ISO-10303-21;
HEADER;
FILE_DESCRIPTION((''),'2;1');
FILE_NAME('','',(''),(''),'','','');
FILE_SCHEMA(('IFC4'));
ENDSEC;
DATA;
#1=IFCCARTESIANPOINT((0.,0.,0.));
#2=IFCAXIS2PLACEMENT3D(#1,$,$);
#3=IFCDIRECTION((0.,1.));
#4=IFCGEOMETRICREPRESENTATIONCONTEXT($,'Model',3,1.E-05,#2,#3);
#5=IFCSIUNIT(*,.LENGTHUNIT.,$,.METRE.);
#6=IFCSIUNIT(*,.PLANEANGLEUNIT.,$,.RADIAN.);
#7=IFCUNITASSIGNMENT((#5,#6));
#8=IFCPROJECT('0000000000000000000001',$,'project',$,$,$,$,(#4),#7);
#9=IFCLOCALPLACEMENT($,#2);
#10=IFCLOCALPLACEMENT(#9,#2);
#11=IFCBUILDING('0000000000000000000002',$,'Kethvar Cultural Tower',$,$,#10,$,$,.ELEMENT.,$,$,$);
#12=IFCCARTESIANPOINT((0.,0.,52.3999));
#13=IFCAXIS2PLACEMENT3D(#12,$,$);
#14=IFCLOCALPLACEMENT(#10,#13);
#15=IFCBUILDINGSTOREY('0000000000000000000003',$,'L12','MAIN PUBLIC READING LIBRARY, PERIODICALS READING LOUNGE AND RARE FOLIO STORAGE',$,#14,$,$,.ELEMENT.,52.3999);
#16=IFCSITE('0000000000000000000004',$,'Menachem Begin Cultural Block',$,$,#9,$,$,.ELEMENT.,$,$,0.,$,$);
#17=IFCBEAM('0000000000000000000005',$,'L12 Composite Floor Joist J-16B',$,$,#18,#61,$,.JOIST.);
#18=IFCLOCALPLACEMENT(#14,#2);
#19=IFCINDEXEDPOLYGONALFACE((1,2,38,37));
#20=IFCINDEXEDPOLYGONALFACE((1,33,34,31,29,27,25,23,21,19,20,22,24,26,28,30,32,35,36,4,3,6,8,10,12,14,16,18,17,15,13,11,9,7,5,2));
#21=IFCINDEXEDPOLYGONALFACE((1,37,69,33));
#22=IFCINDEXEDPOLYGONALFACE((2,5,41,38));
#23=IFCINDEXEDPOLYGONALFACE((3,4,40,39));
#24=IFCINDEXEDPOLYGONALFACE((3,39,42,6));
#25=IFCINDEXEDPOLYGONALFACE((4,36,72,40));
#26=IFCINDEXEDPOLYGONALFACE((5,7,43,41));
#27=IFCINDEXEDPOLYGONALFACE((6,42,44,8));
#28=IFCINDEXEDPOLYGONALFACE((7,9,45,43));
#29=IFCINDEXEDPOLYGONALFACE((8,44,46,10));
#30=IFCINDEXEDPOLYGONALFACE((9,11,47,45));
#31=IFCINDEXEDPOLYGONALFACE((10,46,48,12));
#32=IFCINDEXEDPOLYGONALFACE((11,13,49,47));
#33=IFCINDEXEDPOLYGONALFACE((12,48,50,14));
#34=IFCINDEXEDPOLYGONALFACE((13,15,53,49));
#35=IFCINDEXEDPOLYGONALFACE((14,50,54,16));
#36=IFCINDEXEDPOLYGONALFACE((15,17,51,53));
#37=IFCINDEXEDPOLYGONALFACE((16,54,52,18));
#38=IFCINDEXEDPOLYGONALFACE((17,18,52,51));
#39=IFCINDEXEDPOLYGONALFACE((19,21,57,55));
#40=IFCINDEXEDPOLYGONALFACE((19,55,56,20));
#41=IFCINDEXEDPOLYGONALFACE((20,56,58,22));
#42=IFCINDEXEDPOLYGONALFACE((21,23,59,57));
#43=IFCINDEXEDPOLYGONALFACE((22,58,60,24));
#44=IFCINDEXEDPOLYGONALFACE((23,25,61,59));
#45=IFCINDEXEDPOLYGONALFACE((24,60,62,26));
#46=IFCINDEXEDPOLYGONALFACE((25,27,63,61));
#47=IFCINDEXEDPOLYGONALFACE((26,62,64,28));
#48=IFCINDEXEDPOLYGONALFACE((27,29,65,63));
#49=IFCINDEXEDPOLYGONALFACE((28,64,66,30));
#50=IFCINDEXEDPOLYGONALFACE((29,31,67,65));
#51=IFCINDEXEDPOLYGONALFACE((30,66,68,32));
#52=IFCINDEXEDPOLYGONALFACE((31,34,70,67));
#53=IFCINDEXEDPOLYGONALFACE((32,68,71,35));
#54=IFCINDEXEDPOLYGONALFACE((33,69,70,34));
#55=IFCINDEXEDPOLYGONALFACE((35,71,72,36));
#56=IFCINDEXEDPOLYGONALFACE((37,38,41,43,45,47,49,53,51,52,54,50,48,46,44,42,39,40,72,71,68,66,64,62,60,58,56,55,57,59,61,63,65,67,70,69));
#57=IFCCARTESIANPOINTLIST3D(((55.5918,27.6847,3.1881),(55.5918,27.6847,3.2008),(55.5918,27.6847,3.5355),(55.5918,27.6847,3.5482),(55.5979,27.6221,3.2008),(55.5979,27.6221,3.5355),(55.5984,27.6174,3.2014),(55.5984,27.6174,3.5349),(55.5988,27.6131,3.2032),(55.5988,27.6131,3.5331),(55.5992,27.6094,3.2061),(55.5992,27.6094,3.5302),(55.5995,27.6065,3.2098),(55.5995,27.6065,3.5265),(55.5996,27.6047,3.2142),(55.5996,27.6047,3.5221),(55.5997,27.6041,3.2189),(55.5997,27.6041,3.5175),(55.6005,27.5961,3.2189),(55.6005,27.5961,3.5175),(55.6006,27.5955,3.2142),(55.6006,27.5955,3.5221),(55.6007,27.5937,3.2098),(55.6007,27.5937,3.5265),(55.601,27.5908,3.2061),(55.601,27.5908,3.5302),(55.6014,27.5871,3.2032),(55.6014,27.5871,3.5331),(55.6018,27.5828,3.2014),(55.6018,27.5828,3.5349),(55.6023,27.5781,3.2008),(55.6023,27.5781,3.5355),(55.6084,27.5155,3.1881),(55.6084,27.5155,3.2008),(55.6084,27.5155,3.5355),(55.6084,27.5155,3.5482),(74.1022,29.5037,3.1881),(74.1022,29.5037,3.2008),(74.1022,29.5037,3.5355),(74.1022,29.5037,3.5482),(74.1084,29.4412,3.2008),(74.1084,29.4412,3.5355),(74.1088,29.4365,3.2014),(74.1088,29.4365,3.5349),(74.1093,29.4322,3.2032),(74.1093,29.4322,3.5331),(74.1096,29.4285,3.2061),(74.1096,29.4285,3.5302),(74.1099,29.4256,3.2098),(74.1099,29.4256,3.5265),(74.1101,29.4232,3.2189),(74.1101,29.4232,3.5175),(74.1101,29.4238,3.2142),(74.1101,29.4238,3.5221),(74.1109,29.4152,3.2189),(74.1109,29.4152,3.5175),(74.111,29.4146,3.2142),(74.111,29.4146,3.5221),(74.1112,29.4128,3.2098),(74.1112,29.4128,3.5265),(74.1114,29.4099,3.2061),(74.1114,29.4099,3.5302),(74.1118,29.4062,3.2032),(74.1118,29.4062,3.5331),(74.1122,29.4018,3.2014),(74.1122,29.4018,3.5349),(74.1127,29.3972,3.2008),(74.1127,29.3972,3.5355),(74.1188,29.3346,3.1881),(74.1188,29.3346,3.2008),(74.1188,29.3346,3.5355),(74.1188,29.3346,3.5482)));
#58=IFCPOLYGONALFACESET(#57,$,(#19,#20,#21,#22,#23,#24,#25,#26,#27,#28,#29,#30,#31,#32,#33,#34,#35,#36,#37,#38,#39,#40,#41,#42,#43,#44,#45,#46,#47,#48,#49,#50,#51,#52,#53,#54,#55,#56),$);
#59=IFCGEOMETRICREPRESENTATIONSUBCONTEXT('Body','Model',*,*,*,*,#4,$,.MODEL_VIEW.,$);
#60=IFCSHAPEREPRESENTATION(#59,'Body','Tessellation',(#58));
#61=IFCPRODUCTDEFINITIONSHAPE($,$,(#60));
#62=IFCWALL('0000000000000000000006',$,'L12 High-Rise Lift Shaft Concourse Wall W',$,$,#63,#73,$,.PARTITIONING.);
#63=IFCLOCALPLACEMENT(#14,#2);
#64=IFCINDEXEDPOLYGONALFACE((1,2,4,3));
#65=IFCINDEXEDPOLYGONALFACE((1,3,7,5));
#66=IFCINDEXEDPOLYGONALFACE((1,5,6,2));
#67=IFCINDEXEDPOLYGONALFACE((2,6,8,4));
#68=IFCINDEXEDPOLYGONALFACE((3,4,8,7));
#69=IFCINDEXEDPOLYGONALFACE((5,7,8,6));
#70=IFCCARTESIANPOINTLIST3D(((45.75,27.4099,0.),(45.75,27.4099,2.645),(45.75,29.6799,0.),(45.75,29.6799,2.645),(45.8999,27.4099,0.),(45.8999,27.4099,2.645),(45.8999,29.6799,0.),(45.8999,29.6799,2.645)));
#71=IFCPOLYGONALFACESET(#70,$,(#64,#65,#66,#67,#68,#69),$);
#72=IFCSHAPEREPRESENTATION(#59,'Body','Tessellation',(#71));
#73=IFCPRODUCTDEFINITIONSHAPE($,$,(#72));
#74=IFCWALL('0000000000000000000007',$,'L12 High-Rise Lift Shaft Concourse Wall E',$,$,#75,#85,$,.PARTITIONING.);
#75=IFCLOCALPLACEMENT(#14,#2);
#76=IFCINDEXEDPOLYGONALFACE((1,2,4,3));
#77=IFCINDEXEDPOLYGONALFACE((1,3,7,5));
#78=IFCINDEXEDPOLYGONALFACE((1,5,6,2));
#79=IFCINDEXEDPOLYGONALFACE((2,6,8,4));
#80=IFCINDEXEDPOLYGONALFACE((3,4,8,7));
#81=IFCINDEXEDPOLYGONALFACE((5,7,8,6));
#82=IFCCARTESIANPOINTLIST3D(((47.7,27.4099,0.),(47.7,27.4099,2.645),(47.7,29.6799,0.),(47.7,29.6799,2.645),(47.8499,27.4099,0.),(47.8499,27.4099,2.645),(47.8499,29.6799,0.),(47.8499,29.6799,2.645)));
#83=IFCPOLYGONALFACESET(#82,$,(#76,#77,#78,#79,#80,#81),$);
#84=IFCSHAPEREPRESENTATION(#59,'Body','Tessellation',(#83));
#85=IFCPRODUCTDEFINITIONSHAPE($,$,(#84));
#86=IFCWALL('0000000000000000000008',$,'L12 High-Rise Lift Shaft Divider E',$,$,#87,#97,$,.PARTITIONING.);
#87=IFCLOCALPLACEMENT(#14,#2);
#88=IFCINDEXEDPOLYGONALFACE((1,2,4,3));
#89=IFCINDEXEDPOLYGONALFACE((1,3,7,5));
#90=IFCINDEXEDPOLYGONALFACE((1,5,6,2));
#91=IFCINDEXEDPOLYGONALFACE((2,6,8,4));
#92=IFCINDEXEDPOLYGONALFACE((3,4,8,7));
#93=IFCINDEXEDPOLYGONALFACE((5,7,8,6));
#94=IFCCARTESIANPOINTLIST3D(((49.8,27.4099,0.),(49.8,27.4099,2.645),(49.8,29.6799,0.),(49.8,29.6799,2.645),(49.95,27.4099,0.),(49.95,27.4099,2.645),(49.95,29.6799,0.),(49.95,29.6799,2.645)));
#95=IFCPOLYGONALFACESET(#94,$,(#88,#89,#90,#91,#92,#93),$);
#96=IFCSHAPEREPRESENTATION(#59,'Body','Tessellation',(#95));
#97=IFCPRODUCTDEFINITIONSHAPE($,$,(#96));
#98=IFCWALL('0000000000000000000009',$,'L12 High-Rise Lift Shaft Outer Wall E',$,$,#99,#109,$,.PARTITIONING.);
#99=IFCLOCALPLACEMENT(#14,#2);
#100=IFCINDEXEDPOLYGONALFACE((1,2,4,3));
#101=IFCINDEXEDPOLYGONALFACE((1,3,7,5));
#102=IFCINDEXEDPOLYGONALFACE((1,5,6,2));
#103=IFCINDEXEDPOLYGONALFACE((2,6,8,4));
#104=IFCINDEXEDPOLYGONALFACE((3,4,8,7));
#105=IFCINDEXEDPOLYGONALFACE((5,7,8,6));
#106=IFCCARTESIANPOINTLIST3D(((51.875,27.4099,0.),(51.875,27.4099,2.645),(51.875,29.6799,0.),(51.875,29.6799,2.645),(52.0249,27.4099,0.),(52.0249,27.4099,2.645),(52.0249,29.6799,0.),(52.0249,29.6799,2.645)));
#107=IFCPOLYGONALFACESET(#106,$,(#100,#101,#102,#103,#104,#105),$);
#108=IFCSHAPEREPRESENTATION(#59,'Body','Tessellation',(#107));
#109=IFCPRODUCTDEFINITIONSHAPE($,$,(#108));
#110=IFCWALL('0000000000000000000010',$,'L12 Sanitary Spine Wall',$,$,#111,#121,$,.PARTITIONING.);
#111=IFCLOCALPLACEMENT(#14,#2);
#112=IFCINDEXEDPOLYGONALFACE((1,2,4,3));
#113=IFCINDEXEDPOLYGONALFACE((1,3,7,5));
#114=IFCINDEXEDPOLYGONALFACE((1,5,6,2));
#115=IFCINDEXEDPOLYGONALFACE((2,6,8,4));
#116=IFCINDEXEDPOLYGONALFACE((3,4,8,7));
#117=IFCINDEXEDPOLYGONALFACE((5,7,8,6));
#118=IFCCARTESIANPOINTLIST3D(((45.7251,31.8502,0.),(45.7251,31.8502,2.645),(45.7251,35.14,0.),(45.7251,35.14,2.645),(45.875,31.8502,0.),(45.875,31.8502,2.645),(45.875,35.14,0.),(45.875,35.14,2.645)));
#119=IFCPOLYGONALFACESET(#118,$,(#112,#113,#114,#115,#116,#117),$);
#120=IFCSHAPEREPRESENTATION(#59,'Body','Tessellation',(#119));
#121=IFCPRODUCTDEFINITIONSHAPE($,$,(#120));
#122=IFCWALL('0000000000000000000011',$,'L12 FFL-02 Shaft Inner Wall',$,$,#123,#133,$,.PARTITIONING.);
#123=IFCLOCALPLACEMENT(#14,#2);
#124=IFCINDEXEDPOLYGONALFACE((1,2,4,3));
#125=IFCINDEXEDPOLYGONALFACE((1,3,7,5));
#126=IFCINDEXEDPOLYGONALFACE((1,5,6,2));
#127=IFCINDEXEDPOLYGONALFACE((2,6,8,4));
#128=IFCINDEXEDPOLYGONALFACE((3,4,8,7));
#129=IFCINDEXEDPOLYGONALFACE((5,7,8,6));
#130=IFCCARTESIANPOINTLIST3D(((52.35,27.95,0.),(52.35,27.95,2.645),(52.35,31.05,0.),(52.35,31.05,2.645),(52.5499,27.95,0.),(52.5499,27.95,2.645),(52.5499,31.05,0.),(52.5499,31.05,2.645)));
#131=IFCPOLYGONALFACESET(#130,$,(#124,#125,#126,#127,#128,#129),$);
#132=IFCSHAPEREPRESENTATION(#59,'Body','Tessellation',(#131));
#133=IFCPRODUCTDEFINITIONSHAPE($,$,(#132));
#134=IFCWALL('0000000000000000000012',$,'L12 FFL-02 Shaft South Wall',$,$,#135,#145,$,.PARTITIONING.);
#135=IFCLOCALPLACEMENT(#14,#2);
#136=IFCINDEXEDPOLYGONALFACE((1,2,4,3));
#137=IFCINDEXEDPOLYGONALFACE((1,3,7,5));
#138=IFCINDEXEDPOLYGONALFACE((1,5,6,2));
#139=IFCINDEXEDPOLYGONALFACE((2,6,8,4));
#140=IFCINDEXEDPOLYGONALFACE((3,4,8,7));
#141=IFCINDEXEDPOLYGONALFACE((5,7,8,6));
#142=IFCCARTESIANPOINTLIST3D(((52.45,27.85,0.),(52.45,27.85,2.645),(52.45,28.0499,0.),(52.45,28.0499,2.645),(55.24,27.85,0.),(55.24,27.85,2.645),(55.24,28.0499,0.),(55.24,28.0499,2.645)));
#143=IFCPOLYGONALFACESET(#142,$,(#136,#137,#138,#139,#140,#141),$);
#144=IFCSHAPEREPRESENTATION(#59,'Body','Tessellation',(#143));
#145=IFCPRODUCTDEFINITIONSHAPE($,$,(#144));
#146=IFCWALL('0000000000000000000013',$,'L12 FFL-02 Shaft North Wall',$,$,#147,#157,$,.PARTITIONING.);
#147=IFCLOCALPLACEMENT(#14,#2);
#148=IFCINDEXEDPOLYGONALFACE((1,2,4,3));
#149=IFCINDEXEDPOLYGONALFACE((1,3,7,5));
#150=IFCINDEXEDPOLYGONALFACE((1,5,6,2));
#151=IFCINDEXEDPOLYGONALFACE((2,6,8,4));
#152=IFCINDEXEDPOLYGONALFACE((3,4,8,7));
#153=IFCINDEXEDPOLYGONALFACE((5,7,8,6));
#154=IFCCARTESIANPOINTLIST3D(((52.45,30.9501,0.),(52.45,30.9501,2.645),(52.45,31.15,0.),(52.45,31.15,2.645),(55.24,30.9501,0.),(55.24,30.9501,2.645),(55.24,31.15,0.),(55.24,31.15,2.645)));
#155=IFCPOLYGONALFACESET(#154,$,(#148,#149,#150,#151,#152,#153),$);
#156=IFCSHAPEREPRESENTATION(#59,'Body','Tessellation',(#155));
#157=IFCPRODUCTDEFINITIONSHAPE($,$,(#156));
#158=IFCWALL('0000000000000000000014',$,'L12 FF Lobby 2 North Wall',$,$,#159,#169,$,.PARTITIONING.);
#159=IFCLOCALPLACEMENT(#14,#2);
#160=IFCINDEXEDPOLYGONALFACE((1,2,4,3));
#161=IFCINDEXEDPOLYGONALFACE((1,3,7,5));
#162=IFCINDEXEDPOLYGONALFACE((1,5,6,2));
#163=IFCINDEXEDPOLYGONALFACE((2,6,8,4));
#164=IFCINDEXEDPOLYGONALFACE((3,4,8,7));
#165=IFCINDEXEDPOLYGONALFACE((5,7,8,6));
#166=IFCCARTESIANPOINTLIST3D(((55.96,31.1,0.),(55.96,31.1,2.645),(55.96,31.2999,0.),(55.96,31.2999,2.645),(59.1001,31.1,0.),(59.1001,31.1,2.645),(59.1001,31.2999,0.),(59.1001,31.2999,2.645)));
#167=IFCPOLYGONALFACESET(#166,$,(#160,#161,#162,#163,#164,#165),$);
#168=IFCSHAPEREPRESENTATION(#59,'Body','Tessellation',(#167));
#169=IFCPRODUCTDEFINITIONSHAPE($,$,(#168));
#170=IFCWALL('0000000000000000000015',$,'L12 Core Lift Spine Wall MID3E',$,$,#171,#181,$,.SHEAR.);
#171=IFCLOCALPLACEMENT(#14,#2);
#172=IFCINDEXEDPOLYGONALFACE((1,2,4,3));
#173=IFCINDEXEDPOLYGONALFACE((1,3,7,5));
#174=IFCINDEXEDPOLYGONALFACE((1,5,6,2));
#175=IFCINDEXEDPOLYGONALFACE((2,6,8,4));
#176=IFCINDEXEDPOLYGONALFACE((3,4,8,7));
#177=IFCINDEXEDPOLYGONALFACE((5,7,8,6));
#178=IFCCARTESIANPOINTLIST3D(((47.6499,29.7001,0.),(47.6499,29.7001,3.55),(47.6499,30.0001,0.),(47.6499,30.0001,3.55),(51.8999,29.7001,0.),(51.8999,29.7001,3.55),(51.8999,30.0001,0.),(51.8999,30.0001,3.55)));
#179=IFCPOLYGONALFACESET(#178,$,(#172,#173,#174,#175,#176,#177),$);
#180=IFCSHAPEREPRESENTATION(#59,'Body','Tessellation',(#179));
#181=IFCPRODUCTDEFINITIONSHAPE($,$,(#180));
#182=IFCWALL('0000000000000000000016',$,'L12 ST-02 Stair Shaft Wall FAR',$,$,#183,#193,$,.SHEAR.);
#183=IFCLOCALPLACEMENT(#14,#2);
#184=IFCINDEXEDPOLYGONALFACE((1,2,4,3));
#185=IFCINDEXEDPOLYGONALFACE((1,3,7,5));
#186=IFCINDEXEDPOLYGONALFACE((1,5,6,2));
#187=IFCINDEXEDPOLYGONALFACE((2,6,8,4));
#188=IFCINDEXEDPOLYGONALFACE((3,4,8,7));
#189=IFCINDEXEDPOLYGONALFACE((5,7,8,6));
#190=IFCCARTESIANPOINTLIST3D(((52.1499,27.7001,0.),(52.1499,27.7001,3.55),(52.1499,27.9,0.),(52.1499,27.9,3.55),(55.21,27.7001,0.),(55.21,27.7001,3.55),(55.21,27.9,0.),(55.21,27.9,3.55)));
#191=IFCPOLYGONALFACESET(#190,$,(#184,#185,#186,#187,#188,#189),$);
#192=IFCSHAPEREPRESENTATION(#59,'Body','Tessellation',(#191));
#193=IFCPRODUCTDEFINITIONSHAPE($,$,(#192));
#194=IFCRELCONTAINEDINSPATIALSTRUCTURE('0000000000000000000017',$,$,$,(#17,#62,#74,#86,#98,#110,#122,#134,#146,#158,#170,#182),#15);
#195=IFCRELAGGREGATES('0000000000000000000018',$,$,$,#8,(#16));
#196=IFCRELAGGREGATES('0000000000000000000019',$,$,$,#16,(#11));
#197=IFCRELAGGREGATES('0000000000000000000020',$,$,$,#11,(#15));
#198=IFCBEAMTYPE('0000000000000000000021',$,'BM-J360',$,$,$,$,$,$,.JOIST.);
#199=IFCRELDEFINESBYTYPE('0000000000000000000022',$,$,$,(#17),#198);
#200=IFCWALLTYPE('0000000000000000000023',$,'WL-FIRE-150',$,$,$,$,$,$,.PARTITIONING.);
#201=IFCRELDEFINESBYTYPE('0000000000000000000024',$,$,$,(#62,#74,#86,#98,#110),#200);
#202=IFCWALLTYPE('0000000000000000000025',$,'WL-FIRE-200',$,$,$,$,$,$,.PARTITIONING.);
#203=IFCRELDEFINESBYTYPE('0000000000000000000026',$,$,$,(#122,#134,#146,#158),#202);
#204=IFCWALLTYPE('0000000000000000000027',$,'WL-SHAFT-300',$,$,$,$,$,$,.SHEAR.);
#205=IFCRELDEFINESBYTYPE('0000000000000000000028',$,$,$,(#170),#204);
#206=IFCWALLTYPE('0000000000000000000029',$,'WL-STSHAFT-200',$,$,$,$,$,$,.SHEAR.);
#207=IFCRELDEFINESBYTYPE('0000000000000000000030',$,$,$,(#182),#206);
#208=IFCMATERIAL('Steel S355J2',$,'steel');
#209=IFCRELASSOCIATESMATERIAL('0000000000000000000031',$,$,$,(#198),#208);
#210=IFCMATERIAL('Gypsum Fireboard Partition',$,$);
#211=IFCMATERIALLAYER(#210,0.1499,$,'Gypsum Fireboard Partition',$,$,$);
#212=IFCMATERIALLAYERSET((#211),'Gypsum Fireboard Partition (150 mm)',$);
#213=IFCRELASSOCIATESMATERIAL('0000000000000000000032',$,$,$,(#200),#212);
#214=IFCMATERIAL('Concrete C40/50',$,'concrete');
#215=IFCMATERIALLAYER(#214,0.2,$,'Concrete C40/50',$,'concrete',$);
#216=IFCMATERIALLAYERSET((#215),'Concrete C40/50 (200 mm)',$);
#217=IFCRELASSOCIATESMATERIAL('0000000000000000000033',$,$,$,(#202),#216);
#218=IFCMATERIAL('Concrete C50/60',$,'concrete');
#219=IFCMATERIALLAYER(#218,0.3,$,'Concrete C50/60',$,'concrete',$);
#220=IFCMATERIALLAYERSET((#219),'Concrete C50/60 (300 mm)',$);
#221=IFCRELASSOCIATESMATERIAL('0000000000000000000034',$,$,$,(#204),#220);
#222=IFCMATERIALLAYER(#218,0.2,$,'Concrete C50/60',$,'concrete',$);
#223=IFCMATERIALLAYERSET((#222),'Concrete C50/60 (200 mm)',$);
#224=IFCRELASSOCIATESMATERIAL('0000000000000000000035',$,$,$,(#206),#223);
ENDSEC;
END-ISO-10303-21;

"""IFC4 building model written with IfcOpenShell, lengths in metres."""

from ifc_helpers import new_model, si_unit, direction, frame, frame_2d, origin, origin_2d, place, context, subcontext, project, spatial, rectangle, i_section, extrude, source, transform, mapped, material, layer, layer_set, material_profile, profile_set, type_object, element, save


model = new_model("IFC4")

# Units and contexts
model_context = context("Model", 3, precision=1e-05, world=origin(), true_north=direction((0.0, 1.0)))
body_context = subcontext(model_context, "Body", "Model", "MODEL_VIEW")
ifc_project = project(units=[si_unit("LENGTHUNIT", "METRE"), si_unit("PLANEANGLEUNIT", "RADIAN")], contexts=[model_context])

# Site, building, storey
site_placement = place(None, origin())
site = spatial("IfcSite", under=ifc_project, at=site_placement, Name="Menachem Begin Cultural Block", CompositionType="ELEMENT", RefElevation=0.0)
building_placement = place(site_placement, origin())
building = spatial("IfcBuilding", under=site, at=building_placement, Name="Kethvar Cultural Tower", CompositionType="ELEMENT")
storey_placement = place(building_placement, frame((0.0, 0.0, 52.3999)))
storey = spatial("IfcBuildingStorey", under=building, at=storey_placement, Name="L12", Description="MAIN PUBLIC READING LIBRARY, PERIODICALS READING LOUNGE AND RARE FOLIO STORAGE", CompositionType="ELEMENT", Elevation=52.3999)

# Beam
ifc_material_1 = material(Name="Steel S355J2", Category="steel")
ifc_material_profile_1 = material_profile(ifc_material_1, i_section(OverallWidth=0.1699, OverallDepth=0.3601, WebThickness=0.0081, FlangeThickness=0.0127, FilletRadius=0.0181, at=origin_2d()), Name="Steel S355J2 — IPE360")
ifc_profile_set_1 = profile_set([ifc_material_profile_1], Name="Steel S355J2 — IPE360")
beam_type_1 = type_object("IfcBeamType", Name="BM-J360", PredefinedType="JOIST", material=ifc_profile_set_1)
shared_shape_1 = source(origin(), body_context, "Body", "SweptSolid", [
    extrude(i_section(OverallWidth=0.1699, OverallDepth=0.3601, WebThickness=0.0081, FlangeThickness=0.0127, FilletRadius=0.0181, at=origin_2d()), origin(), (0.0, 0.0, 1.0), 18.5996),
])
beam_1_placement = place(storey_placement, frame((55.6001, 27.6001, 3.3682), z_axis=(0.995206, 0.097802, 0.0), x_axis=(-0.097802, 0.995206, 0.0)))
element("IfcBeam", 1, at=beam_1_placement, inside=storey, type_object=beam_type_1, Name="L12 Composite Floor Joist J-16B", PredefinedType="JOIST", context=body_context, shape_type="MappedRepresentation", body=[
    mapped(shared_shape_1, transform((0.0, 0.0, 0.0), scale=1.0)),
])

# Walls
ifc_material_2 = material(Name="Gypsum Fireboard Partition")
ifc_layer_1 = layer(ifc_material_2, 0.1499, Name="Gypsum Fireboard Partition")
ifc_layer_set_1 = layer_set([ifc_layer_1], Name="Gypsum Fireboard Partition (150 mm)")
wall_type_1 = type_object("IfcWallType", Name="WL-FIRE-150", PredefinedType="PARTITIONING", material=ifc_layer_set_1)
for number, where, z_axis, x_axis, name in (
    (2, (45.825, 27.4099, 0.0), (0.0, 0.0, 1.0), (0.0, 1.0, 0.0), "L12 High-Rise Lift Shaft Concourse Wall W"),
    (3, (47.7749, 27.4099, 0.0), (0.0, 0.0, 1.0), (0.0, 1.0, 0.0), "L12 High-Rise Lift Shaft Concourse Wall E"),
    (4, (49.875, 27.4099, 0.0), (0.0, 0.0, 1.0), (0.0, 1.0, 0.0), "L12 High-Rise Lift Shaft Divider E"),
    (5, (51.95, 27.4099, 0.0), (0.0, 0.0, 1.0), (0.0, 1.0, 0.0), "L12 High-Rise Lift Shaft Outer Wall E"),
):
    element("IfcWall", number, at=place(storey_placement, frame(where, z_axis=z_axis, x_axis=x_axis)), inside=storey, type_object=wall_type_1, Name=name, PredefinedType="PARTITIONING", context=body_context, shape_type="SweptSolid", body=[
        extrude(rectangle(XDim=2.27, YDim=0.1499, at=frame_2d((1.135, 0.0))), origin(), (0.0, 0.0, 1.0), 2.645),
    ])
wall_1_placement = place(storey_placement, frame((45.8, 31.8501, 0.0), z_axis=(0.0, 0.0, 1.0), x_axis=(0.0, 1.0, 0.0)))
element("IfcWall", 6, at=wall_1_placement, inside=storey, type_object=wall_type_1, Name="L12 Sanitary Spine Wall", PredefinedType="PARTITIONING", context=body_context, shape_type="SweptSolid", body=[
    extrude(rectangle(XDim=3.2898, YDim=0.1499, at=frame_2d((1.645, 0.0))), origin(), (0.0, 0.0, 1.0), 2.645),
])
ifc_material_3 = material(Name="Concrete C40/50", Category="concrete")
ifc_layer_2 = layer(ifc_material_3, 0.2, Name="Concrete C40/50", Category="concrete")
ifc_layer_set_2 = layer_set([ifc_layer_2], Name="Concrete C40/50 (200 mm)")
wall_type_2 = type_object("IfcWallType", Name="WL-FIRE-200", PredefinedType="PARTITIONING", material=ifc_layer_set_2)
wall_2_placement = place(storey_placement, frame((52.45, 27.95, 0.0), z_axis=(0.0, 0.0, 1.0), x_axis=(0.0, 1.0, 0.0)))
element("IfcWall", 7, at=wall_2_placement, inside=storey, type_object=wall_type_2, Name="L12 FFL-02 Shaft Inner Wall", PredefinedType="PARTITIONING", context=body_context, shape_type="SweptSolid", body=[
    extrude(rectangle(XDim=3.1001, YDim=0.2, at=frame_2d((1.55, 0.0))), origin(), (0.0, 0.0, 1.0), 2.645),
])
for number, where, z_axis, x_axis, name in (
    (8, (52.45, 27.95, 0.0), (0.0, 0.0, 1.0), (1.0, 0.0, 0.0), "L12 FFL-02 Shaft South Wall"),
    (9, (52.45, 31.05, 0.0), (0.0, 0.0, 1.0), (1.0, 0.0, 0.0), "L12 FFL-02 Shaft North Wall"),
):
    element("IfcWall", number, at=place(storey_placement, frame(where, z_axis=z_axis, x_axis=x_axis)), inside=storey, type_object=wall_type_2, Name=name, PredefinedType="PARTITIONING", context=body_context, shape_type="SweptSolid", body=[
        extrude(rectangle(XDim=2.79, YDim=0.2, at=frame_2d((1.395, 0.0))), origin(), (0.0, 0.0, 1.0), 2.645),
    ])
wall_3_placement = place(storey_placement, frame((55.96, 31.2, 0.0), z_axis=(0.0, 0.0, 1.0), x_axis=(1.0, 0.0, 0.0)))
element("IfcWall", 10, at=wall_3_placement, inside=storey, type_object=wall_type_2, Name="L12 FF Lobby 2 North Wall", PredefinedType="PARTITIONING", context=body_context, shape_type="SweptSolid", body=[
    extrude(rectangle(XDim=3.1401, YDim=0.2, at=frame_2d((1.5701, 0.0))), origin(), (0.0, 0.0, 1.0), 2.645),
])
ifc_material_4 = material(Name="Concrete C50/60", Category="concrete")
ifc_layer_3 = layer(ifc_material_4, 0.3, Name="Concrete C50/60", Category="concrete")
ifc_layer_set_3 = layer_set([ifc_layer_3], Name="Concrete C50/60 (300 mm)")
wall_type_3 = type_object("IfcWallType", Name="WL-SHAFT-300", PredefinedType="SHEAR", material=ifc_layer_set_3)
wall_4_placement = place(storey_placement, frame((47.6499, 29.8501, 0.0), z_axis=(0.0, 0.0, 1.0), x_axis=(1.0, 0.0, 0.0)))
element("IfcWall", 11, at=wall_4_placement, inside=storey, type_object=wall_type_3, Name="L12 Core Lift Spine Wall MID3E", PredefinedType="SHEAR", context=body_context, shape_type="SweptSolid", body=[
    extrude(rectangle(XDim=4.25, YDim=0.3, at=frame_2d((2.125, 0.0))), origin(), (0.0, 0.0, 1.0), 3.55),
])
ifc_layer_4 = layer(ifc_material_4, 0.2, Name="Concrete C50/60", Category="concrete")
ifc_layer_set_4 = layer_set([ifc_layer_4], Name="Concrete C50/60 (200 mm)")
wall_type_4 = type_object("IfcWallType", Name="WL-STSHAFT-200", PredefinedType="SHEAR", material=ifc_layer_set_4)
wall_5_placement = place(storey_placement, frame((52.1499, 27.8, 0.0), z_axis=(0.0, 0.0, 1.0), x_axis=(1.0, 0.0, 0.0)))
element("IfcWall", 12, at=wall_5_placement, inside=storey, type_object=wall_type_4, Name="L12 ST-02 Stair Shaft Wall FAR", PredefinedType="SHEAR", context=body_context, shape_type="SweptSolid", body=[
    extrude(rectangle(XDim=3.0601, YDim=0.2, at=frame_2d((1.53, 0.0))), origin(), (0.0, 0.0, 1.0), 3.55),
])

save(model, "model.ifc")
